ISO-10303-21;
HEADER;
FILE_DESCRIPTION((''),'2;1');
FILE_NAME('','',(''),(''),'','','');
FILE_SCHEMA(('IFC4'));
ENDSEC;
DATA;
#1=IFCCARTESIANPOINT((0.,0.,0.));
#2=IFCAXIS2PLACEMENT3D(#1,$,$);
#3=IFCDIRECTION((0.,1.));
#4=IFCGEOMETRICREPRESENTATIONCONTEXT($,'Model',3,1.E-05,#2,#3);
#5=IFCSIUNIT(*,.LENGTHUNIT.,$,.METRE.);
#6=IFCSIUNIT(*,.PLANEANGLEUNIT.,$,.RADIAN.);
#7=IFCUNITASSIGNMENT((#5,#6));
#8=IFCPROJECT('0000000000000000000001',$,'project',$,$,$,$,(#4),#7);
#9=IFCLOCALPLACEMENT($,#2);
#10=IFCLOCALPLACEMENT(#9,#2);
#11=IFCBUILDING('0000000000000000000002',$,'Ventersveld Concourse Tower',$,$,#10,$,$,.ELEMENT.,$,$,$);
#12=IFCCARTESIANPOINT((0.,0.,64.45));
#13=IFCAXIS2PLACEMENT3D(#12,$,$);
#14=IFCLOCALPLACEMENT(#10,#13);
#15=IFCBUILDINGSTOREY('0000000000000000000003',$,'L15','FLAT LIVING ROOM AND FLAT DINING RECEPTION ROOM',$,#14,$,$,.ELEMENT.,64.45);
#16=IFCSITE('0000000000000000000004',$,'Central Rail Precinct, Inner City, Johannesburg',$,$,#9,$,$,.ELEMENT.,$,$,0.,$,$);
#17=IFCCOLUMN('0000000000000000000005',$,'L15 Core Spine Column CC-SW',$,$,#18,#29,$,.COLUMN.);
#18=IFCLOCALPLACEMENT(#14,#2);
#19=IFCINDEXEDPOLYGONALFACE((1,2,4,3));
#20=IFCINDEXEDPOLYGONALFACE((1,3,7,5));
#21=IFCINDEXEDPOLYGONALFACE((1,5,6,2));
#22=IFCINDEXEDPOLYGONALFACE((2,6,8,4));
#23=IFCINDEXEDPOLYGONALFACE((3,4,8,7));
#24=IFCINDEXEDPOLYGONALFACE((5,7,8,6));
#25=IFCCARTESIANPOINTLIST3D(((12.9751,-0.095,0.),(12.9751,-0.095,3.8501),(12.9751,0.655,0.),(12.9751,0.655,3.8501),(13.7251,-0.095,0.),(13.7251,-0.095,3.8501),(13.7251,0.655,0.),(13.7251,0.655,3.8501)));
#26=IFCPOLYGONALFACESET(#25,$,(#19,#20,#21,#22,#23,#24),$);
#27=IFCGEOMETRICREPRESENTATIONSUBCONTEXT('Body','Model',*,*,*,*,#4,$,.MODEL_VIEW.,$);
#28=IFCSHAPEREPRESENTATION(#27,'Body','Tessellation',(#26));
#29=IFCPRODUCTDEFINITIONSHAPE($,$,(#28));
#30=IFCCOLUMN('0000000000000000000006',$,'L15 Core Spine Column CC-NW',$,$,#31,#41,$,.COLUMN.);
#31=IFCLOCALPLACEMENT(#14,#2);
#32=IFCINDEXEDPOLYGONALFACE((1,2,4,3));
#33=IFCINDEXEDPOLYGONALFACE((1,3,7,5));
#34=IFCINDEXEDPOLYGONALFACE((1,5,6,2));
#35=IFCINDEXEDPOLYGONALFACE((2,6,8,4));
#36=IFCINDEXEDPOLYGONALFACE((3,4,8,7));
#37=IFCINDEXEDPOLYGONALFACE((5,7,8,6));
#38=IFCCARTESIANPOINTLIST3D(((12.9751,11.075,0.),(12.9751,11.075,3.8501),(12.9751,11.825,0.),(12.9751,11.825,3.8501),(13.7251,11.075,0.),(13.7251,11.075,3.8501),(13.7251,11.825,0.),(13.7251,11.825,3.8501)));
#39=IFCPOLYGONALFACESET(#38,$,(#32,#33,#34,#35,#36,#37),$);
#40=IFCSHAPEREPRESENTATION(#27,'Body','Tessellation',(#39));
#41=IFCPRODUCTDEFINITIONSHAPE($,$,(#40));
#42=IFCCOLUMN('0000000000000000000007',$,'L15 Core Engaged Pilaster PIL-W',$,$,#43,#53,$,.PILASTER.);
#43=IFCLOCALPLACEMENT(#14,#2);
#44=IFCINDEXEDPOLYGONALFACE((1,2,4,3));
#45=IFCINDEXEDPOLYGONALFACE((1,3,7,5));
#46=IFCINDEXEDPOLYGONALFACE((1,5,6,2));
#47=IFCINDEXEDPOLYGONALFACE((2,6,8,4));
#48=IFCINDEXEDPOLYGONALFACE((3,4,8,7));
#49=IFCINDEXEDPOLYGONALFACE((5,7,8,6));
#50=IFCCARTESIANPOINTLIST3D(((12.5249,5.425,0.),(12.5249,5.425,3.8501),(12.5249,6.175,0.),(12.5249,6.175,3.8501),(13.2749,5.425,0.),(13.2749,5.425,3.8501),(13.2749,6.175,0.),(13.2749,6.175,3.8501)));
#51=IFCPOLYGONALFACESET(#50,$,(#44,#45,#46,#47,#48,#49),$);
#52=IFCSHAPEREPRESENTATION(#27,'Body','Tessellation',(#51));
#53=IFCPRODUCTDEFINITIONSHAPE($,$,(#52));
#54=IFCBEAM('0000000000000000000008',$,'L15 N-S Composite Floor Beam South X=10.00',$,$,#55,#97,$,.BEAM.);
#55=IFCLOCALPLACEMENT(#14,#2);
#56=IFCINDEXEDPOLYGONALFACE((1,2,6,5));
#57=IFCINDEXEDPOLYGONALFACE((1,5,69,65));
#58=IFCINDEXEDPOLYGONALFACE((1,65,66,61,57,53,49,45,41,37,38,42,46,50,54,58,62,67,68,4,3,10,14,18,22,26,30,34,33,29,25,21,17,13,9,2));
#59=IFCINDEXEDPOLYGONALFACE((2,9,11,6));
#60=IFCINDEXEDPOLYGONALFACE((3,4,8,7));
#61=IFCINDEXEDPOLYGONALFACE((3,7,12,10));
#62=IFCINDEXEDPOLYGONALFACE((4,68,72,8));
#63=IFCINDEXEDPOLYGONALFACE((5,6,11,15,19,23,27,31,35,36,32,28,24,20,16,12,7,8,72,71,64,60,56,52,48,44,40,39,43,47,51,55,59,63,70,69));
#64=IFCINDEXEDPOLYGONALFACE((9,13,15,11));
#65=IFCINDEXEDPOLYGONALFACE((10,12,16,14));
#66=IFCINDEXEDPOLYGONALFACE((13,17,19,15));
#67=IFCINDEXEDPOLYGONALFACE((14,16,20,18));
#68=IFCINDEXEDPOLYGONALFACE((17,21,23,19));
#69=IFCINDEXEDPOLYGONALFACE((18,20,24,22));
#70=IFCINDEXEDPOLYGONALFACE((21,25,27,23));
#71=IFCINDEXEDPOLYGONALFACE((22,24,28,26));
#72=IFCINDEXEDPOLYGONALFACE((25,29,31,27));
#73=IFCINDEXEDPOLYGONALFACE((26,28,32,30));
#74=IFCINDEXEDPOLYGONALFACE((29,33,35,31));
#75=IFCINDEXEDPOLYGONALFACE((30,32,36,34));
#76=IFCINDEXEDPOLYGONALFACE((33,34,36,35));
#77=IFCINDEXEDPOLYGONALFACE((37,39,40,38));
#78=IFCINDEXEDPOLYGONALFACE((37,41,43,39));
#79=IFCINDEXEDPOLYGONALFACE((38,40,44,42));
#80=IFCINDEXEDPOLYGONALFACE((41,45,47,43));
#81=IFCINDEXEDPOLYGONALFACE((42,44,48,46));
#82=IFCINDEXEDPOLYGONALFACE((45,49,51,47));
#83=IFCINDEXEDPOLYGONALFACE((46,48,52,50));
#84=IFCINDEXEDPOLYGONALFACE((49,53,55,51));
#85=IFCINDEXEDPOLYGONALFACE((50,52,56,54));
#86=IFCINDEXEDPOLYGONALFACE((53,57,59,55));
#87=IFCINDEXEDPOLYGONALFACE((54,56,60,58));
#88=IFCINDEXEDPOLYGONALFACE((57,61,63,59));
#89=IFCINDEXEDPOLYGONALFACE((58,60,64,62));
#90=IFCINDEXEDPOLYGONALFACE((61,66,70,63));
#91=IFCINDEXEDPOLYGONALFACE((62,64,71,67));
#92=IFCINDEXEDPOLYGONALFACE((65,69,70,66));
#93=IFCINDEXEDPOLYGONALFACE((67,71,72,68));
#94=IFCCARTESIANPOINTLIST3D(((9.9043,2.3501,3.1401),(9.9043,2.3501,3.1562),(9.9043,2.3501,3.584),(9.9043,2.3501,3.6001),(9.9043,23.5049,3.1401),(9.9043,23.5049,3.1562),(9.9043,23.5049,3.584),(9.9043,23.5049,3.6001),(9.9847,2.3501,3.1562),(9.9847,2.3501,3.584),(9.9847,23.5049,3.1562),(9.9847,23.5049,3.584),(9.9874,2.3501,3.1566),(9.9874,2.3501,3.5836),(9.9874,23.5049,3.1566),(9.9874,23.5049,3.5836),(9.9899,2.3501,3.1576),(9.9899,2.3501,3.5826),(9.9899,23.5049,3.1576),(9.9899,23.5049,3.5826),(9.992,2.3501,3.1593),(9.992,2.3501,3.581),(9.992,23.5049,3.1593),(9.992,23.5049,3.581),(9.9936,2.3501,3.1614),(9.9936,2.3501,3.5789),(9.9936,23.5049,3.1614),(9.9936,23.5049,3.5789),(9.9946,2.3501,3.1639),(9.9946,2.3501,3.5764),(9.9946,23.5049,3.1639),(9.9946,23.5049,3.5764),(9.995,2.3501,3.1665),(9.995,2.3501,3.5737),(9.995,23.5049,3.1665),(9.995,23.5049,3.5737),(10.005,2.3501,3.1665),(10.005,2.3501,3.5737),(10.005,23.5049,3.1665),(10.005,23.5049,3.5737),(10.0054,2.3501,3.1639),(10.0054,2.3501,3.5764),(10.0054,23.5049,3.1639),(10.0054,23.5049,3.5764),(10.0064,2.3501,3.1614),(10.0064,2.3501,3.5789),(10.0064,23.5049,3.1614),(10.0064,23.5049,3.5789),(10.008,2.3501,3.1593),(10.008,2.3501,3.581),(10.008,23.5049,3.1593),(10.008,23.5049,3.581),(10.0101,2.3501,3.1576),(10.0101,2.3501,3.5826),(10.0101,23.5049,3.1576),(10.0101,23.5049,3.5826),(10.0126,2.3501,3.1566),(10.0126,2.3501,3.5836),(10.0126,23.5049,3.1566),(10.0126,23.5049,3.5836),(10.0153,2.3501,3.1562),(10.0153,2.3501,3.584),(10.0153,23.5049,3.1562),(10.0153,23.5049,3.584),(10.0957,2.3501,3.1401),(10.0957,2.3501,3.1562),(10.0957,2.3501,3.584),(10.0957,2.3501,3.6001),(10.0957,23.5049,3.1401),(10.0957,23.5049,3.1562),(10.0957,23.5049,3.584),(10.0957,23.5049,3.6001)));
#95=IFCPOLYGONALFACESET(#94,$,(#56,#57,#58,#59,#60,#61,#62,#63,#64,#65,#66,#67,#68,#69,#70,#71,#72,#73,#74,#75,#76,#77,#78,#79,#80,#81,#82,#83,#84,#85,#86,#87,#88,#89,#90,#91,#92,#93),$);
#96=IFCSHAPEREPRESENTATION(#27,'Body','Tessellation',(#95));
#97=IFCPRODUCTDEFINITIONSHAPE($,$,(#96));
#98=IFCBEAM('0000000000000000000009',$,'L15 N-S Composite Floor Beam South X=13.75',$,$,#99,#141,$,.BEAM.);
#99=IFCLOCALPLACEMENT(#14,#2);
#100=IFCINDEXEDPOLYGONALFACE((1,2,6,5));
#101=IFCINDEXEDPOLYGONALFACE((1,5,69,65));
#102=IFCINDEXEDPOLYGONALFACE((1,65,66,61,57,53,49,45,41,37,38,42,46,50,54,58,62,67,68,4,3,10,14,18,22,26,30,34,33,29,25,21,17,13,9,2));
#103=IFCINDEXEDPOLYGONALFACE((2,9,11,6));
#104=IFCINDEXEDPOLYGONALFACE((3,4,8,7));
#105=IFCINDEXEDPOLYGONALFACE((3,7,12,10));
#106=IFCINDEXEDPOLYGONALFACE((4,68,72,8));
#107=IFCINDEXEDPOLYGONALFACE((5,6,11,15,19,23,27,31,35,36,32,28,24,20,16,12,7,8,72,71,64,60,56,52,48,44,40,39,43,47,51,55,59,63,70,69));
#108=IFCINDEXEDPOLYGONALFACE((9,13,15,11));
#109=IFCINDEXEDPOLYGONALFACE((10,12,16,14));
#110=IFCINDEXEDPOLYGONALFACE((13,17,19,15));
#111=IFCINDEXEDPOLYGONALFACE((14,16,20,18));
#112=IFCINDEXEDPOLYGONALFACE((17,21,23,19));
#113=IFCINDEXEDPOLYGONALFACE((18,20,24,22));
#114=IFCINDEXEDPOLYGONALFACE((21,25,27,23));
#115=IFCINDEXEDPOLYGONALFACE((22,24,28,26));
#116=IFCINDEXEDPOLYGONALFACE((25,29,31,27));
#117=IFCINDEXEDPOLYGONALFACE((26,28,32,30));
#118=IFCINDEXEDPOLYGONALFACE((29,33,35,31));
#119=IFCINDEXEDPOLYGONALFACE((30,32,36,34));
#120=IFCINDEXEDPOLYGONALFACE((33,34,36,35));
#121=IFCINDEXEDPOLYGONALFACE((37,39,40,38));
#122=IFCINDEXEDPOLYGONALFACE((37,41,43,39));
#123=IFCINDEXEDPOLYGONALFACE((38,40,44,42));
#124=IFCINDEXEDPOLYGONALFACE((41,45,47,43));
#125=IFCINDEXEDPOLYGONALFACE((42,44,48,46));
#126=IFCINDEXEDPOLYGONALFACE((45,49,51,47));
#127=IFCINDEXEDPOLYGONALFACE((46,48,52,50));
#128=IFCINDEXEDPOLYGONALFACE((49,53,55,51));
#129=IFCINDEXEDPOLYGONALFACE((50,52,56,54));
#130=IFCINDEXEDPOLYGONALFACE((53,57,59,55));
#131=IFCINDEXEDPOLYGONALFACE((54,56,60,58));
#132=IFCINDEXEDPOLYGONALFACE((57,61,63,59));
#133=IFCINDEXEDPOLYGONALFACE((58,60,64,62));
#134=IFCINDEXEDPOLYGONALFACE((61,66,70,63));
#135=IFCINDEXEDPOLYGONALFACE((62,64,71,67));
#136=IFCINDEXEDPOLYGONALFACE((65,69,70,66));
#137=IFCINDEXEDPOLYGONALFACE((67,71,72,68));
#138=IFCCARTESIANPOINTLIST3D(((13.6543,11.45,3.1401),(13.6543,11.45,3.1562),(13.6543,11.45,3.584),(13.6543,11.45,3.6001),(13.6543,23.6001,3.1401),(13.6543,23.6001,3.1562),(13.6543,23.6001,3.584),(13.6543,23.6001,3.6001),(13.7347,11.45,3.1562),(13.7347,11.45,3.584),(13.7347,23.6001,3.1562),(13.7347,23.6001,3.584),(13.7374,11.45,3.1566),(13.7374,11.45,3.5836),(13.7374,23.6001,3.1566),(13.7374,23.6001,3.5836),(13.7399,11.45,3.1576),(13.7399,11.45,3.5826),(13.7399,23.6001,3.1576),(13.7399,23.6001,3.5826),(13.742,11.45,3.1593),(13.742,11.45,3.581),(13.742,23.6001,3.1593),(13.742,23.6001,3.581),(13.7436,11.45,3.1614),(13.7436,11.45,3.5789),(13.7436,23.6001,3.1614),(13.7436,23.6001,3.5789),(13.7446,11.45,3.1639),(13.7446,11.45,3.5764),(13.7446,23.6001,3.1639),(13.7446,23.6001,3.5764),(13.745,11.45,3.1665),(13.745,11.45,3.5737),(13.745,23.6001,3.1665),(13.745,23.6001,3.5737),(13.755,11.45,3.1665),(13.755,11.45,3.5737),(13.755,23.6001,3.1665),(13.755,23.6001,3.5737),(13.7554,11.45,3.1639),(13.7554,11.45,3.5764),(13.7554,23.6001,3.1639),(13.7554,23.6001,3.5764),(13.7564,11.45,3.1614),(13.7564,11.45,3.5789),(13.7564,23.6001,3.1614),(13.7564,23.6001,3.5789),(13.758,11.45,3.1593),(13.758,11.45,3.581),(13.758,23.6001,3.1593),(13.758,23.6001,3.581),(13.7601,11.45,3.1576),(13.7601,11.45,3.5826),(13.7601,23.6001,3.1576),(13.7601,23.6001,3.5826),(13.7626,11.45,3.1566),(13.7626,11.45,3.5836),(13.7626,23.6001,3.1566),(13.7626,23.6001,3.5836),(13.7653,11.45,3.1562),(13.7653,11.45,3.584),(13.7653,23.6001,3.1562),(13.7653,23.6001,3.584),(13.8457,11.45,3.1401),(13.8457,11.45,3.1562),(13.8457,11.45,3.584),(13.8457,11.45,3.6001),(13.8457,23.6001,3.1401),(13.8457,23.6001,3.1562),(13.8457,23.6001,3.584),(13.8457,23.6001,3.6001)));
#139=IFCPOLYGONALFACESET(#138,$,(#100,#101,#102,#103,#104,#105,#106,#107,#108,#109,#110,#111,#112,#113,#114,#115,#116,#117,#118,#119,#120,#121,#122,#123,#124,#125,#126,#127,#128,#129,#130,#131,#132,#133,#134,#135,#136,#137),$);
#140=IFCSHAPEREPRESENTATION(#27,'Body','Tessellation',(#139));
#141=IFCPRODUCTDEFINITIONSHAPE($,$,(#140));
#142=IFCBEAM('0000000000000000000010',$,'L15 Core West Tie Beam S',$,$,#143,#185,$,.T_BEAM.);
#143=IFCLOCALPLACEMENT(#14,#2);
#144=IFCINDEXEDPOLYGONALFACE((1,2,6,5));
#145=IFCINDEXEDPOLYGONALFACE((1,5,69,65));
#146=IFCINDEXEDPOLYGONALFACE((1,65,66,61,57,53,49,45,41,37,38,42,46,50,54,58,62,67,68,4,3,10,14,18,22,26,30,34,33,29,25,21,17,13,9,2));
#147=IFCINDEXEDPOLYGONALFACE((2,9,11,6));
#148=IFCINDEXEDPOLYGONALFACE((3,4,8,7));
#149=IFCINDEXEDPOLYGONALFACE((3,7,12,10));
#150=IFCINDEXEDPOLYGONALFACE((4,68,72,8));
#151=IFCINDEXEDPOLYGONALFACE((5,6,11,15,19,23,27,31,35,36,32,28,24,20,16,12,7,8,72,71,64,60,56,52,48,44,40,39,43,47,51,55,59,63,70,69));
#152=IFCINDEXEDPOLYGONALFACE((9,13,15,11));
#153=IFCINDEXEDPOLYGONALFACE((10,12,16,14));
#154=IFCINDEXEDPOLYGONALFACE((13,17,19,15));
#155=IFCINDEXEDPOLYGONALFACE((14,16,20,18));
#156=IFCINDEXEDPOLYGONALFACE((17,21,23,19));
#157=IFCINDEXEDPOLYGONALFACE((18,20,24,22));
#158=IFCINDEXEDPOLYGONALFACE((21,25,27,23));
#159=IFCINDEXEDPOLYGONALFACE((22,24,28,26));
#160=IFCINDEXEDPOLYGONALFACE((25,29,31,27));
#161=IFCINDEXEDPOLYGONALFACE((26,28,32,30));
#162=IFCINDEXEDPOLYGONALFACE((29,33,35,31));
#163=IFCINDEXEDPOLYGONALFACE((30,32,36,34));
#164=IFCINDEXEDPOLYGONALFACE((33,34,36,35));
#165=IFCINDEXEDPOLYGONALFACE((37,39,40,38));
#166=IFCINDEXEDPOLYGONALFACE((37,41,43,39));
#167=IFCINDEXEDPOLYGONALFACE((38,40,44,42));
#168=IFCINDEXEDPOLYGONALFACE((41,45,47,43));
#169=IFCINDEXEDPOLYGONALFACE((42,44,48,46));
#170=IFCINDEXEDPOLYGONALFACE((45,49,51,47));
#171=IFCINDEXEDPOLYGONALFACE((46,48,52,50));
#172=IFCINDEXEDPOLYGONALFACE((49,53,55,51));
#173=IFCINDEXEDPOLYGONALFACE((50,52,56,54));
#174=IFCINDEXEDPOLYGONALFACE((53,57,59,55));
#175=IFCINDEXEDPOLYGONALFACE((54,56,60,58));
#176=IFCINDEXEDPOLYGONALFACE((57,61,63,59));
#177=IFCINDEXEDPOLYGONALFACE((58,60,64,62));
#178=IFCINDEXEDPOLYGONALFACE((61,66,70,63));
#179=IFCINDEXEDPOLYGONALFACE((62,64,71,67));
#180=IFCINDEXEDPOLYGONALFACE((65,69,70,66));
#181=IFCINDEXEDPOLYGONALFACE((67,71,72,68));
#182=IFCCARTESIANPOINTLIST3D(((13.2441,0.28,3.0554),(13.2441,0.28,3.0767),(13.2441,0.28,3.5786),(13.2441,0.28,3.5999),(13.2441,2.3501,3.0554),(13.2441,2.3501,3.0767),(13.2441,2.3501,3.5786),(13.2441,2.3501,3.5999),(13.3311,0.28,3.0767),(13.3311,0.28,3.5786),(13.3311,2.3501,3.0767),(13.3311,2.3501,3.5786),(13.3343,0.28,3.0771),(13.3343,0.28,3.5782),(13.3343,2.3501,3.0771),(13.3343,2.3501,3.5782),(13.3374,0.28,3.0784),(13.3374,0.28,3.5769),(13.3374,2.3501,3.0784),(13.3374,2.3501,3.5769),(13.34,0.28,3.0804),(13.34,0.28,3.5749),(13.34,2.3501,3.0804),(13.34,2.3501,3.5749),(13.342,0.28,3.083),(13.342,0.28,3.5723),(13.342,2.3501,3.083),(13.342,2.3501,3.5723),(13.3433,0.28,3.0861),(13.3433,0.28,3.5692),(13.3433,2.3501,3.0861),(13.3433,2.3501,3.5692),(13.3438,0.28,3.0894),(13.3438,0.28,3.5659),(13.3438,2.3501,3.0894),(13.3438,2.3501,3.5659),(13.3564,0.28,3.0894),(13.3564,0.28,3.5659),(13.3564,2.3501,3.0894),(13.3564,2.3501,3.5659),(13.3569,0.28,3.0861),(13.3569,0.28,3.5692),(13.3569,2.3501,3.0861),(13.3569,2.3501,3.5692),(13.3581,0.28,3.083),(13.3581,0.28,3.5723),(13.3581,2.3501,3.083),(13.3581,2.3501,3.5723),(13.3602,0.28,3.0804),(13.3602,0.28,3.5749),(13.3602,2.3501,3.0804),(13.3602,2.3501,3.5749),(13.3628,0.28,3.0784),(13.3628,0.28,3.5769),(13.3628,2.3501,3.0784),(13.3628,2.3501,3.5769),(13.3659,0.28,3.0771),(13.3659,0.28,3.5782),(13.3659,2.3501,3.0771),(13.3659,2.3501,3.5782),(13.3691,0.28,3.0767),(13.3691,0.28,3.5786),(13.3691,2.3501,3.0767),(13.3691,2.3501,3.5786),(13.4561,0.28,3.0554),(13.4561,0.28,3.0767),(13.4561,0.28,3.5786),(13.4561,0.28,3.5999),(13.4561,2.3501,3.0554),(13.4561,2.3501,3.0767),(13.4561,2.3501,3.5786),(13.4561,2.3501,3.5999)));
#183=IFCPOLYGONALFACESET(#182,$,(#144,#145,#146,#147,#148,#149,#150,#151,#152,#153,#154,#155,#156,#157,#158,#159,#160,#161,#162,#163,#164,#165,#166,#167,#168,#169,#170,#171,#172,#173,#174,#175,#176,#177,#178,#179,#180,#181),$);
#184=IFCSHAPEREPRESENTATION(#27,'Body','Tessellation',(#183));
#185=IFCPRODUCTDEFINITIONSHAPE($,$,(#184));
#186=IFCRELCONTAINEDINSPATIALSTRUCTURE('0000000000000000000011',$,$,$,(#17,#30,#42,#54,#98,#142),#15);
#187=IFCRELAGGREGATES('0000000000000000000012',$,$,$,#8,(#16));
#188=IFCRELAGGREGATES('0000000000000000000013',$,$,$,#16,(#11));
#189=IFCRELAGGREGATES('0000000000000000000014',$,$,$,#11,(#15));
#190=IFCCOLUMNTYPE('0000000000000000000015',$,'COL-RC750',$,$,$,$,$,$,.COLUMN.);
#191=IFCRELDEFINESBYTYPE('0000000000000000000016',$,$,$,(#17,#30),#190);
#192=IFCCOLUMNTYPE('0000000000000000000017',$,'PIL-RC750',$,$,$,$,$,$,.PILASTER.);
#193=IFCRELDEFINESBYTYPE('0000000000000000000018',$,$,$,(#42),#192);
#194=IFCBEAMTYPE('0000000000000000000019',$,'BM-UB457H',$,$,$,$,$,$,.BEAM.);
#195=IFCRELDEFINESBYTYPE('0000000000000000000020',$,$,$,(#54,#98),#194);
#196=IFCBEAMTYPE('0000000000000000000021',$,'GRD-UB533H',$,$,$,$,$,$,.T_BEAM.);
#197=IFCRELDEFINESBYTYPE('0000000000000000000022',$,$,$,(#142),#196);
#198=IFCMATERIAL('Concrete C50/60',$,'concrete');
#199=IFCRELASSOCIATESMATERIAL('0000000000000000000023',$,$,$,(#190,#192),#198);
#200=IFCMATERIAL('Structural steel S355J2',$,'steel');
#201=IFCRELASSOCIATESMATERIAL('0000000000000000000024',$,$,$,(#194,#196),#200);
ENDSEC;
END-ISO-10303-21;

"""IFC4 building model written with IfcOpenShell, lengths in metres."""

from ifc_helpers import new_model, si_unit, direction, frame, origin, origin_2d, place, context, subcontext, project, spatial, rectangle, i_section, extrude, material, material_profile, profile_set, type_object, element, save


model = new_model("IFC4")

# Units and contexts
model_context = context("Model", 3, precision=1e-05, world=origin(), true_north=direction((0.0, 1.0)))
body_context = subcontext(model_context, "Body", "Model", "MODEL_VIEW")
ifc_project = project(units=[si_unit("LENGTHUNIT", "METRE"), si_unit("PLANEANGLEUNIT", "RADIAN")], contexts=[model_context])

# Site, building, storey
site_placement = place(None, origin())
site = spatial("IfcSite", under=ifc_project, at=site_placement, Name="Central Rail Precinct, Inner City, Johannesburg", CompositionType="ELEMENT", RefElevation=0.0)
building_placement = place(site_placement, origin())
building = spatial("IfcBuilding", under=site, at=building_placement, Name="Ventersveld Concourse Tower", CompositionType="ELEMENT")
storey_placement = place(building_placement, frame((0.0, 0.0, 64.45)))
storey = spatial("IfcBuildingStorey", under=building, at=storey_placement, Name="L15", Description="FLAT LIVING ROOM AND FLAT DINING RECEPTION ROOM", CompositionType="ELEMENT", Elevation=64.45)

# Columns
ifc_material_1 = material(Name="Concrete C50/60", Category="concrete")
ifc_material_profile_1 = material_profile(ifc_material_1, rectangle(XDim=0.75, YDim=0.75, at=origin_2d()), Name="RC 750x750")
ifc_profile_set_1 = profile_set([ifc_material_profile_1], Name="Concrete C50/60")
column_type_1 = type_object("IfcColumnType", Name="COL-RC750", PredefinedType="COLUMN", material=ifc_profile_set_1)
for number, where, z_axis, x_axis, name in (
    (1, (13.3501, 0.28, 0.0), (0.0, 0.0, 1.0), (1.0, 0.0, 0.0), "L15 Core Spine Column CC-SW"),
    (2, (13.3501, 11.45, 0.0), (0.0, 0.0, 1.0), (1.0, 0.0, 0.0), "L15 Core Spine Column CC-NW"),
):
    element("IfcColumn", number, at=place(storey_placement, frame(where, z_axis=z_axis, x_axis=x_axis)), inside=storey, type_object=column_type_1, Name=name, PredefinedType="COLUMN", context=body_context, shape_type="SweptSolid", body=[
        extrude(rectangle(XDim=0.75, YDim=0.75, at=origin_2d()), origin(), (0.0, 0.0, 1.0), 3.8501),
    ])
ifc_material_profile_2 = material_profile(ifc_material_1, rectangle(XDim=0.75, YDim=0.75, at=origin_2d()), Name="RC 750x750")
ifc_profile_set_2 = profile_set([ifc_material_profile_2], Name="Concrete C50/60")
column_type_2 = type_object("IfcColumnType", Name="PIL-RC750", PredefinedType="PILASTER", material=ifc_profile_set_2)
column_placement = place(storey_placement, frame((12.8999, 5.8, 0.0), z_axis=(0.0, 0.0, 1.0), x_axis=(1.0, 0.0, 0.0)))
element("IfcColumn", 3, at=column_placement, inside=storey, type_object=column_type_2, Name="L15 Core Engaged Pilaster PIL-W", PredefinedType="PILASTER", context=body_context, shape_type="SweptSolid", body=[
    extrude(rectangle(XDim=0.75, YDim=0.75, at=origin_2d()), origin(), (0.0, 0.0, 1.0), 3.8501),
])

# Beams
ifc_material_2 = material(Name="Structural steel S355J2", Category="steel")
ifc_material_profile_3 = material_profile(ifc_material_2, i_section(OverallWidth=0.1914, OverallDepth=0.46, WebThickness=0.01, FlangeThickness=0.0161, FilletRadius=0.0103, at=origin_2d()), Name="UB 457x191x82")
ifc_profile_set_3 = profile_set([ifc_material_profile_3], Name="Structural steel S355J2")
beam_type_1 = type_object("IfcBeamType", Name="BM-UB457H", PredefinedType="BEAM", material=ifc_profile_set_3)
beam_1_placement = place(storey_placement, frame((10.0, 2.3501, 3.3701), z_axis=(0.0, 1.0, 0.0), x_axis=(-1.0, 0.0, 0.0)))
element("IfcBeam", 4, at=beam_1_placement, inside=storey, type_object=beam_type_1, Name="L15 N-S Composite Floor Beam South X=10.00", PredefinedType="BEAM", context=body_context, shape_type="SweptSolid", body=[
    extrude(i_section(OverallWidth=0.1914, OverallDepth=0.46, WebThickness=0.01, FlangeThickness=0.0161, FilletRadius=0.0103, at=origin_2d()), origin(), (0.0, 0.0, 1.0), 21.1548),
])
beam_2_placement = place(storey_placement, frame((13.75, 11.45, 3.3701), z_axis=(0.0, 1.0, 0.0), x_axis=(-1.0, 0.0, 0.0)))
element("IfcBeam", 5, at=beam_2_placement, inside=storey, type_object=beam_type_1, Name="L15 N-S Composite Floor Beam South X=13.75", PredefinedType="BEAM", context=body_context, shape_type="SweptSolid", body=[
    extrude(i_section(OverallWidth=0.1914, OverallDepth=0.46, WebThickness=0.01, FlangeThickness=0.0161, FilletRadius=0.0103, at=origin_2d()), origin(), (0.0, 0.0, 1.0), 12.1501),
])
ifc_material_profile_4 = material_profile(ifc_material_2, i_section(OverallWidth=0.2119, OverallDepth=0.5444, WebThickness=0.0127, FlangeThickness=0.0212, FilletRadius=0.0127, at=origin_2d()), Name="UB 533x210x122")
ifc_profile_set_4 = profile_set([ifc_material_profile_4], Name="Structural steel S355J2")
beam_type_2 = type_object("IfcBeamType", Name="GRD-UB533H", PredefinedType="T_BEAM", material=ifc_profile_set_4)
beam_3_placement = place(storey_placement, frame((13.3501, 0.28, 3.3276), z_axis=(0.0, 1.0, 0.0), x_axis=(-1.0, 0.0, 0.0)))
element("IfcBeam", 6, at=beam_3_placement, inside=storey, type_object=beam_type_2, Name="L15 Core West Tie Beam S", PredefinedType="T_BEAM", context=body_context, shape_type="SweptSolid", body=[
    extrude(i_section(OverallWidth=0.2119, OverallDepth=0.5444, WebThickness=0.0127, FlangeThickness=0.0212, FilletRadius=0.0127, at=origin_2d()), origin(), (0.0, 0.0, 1.0), 2.0701),
])

save(model, "model.ifc")
